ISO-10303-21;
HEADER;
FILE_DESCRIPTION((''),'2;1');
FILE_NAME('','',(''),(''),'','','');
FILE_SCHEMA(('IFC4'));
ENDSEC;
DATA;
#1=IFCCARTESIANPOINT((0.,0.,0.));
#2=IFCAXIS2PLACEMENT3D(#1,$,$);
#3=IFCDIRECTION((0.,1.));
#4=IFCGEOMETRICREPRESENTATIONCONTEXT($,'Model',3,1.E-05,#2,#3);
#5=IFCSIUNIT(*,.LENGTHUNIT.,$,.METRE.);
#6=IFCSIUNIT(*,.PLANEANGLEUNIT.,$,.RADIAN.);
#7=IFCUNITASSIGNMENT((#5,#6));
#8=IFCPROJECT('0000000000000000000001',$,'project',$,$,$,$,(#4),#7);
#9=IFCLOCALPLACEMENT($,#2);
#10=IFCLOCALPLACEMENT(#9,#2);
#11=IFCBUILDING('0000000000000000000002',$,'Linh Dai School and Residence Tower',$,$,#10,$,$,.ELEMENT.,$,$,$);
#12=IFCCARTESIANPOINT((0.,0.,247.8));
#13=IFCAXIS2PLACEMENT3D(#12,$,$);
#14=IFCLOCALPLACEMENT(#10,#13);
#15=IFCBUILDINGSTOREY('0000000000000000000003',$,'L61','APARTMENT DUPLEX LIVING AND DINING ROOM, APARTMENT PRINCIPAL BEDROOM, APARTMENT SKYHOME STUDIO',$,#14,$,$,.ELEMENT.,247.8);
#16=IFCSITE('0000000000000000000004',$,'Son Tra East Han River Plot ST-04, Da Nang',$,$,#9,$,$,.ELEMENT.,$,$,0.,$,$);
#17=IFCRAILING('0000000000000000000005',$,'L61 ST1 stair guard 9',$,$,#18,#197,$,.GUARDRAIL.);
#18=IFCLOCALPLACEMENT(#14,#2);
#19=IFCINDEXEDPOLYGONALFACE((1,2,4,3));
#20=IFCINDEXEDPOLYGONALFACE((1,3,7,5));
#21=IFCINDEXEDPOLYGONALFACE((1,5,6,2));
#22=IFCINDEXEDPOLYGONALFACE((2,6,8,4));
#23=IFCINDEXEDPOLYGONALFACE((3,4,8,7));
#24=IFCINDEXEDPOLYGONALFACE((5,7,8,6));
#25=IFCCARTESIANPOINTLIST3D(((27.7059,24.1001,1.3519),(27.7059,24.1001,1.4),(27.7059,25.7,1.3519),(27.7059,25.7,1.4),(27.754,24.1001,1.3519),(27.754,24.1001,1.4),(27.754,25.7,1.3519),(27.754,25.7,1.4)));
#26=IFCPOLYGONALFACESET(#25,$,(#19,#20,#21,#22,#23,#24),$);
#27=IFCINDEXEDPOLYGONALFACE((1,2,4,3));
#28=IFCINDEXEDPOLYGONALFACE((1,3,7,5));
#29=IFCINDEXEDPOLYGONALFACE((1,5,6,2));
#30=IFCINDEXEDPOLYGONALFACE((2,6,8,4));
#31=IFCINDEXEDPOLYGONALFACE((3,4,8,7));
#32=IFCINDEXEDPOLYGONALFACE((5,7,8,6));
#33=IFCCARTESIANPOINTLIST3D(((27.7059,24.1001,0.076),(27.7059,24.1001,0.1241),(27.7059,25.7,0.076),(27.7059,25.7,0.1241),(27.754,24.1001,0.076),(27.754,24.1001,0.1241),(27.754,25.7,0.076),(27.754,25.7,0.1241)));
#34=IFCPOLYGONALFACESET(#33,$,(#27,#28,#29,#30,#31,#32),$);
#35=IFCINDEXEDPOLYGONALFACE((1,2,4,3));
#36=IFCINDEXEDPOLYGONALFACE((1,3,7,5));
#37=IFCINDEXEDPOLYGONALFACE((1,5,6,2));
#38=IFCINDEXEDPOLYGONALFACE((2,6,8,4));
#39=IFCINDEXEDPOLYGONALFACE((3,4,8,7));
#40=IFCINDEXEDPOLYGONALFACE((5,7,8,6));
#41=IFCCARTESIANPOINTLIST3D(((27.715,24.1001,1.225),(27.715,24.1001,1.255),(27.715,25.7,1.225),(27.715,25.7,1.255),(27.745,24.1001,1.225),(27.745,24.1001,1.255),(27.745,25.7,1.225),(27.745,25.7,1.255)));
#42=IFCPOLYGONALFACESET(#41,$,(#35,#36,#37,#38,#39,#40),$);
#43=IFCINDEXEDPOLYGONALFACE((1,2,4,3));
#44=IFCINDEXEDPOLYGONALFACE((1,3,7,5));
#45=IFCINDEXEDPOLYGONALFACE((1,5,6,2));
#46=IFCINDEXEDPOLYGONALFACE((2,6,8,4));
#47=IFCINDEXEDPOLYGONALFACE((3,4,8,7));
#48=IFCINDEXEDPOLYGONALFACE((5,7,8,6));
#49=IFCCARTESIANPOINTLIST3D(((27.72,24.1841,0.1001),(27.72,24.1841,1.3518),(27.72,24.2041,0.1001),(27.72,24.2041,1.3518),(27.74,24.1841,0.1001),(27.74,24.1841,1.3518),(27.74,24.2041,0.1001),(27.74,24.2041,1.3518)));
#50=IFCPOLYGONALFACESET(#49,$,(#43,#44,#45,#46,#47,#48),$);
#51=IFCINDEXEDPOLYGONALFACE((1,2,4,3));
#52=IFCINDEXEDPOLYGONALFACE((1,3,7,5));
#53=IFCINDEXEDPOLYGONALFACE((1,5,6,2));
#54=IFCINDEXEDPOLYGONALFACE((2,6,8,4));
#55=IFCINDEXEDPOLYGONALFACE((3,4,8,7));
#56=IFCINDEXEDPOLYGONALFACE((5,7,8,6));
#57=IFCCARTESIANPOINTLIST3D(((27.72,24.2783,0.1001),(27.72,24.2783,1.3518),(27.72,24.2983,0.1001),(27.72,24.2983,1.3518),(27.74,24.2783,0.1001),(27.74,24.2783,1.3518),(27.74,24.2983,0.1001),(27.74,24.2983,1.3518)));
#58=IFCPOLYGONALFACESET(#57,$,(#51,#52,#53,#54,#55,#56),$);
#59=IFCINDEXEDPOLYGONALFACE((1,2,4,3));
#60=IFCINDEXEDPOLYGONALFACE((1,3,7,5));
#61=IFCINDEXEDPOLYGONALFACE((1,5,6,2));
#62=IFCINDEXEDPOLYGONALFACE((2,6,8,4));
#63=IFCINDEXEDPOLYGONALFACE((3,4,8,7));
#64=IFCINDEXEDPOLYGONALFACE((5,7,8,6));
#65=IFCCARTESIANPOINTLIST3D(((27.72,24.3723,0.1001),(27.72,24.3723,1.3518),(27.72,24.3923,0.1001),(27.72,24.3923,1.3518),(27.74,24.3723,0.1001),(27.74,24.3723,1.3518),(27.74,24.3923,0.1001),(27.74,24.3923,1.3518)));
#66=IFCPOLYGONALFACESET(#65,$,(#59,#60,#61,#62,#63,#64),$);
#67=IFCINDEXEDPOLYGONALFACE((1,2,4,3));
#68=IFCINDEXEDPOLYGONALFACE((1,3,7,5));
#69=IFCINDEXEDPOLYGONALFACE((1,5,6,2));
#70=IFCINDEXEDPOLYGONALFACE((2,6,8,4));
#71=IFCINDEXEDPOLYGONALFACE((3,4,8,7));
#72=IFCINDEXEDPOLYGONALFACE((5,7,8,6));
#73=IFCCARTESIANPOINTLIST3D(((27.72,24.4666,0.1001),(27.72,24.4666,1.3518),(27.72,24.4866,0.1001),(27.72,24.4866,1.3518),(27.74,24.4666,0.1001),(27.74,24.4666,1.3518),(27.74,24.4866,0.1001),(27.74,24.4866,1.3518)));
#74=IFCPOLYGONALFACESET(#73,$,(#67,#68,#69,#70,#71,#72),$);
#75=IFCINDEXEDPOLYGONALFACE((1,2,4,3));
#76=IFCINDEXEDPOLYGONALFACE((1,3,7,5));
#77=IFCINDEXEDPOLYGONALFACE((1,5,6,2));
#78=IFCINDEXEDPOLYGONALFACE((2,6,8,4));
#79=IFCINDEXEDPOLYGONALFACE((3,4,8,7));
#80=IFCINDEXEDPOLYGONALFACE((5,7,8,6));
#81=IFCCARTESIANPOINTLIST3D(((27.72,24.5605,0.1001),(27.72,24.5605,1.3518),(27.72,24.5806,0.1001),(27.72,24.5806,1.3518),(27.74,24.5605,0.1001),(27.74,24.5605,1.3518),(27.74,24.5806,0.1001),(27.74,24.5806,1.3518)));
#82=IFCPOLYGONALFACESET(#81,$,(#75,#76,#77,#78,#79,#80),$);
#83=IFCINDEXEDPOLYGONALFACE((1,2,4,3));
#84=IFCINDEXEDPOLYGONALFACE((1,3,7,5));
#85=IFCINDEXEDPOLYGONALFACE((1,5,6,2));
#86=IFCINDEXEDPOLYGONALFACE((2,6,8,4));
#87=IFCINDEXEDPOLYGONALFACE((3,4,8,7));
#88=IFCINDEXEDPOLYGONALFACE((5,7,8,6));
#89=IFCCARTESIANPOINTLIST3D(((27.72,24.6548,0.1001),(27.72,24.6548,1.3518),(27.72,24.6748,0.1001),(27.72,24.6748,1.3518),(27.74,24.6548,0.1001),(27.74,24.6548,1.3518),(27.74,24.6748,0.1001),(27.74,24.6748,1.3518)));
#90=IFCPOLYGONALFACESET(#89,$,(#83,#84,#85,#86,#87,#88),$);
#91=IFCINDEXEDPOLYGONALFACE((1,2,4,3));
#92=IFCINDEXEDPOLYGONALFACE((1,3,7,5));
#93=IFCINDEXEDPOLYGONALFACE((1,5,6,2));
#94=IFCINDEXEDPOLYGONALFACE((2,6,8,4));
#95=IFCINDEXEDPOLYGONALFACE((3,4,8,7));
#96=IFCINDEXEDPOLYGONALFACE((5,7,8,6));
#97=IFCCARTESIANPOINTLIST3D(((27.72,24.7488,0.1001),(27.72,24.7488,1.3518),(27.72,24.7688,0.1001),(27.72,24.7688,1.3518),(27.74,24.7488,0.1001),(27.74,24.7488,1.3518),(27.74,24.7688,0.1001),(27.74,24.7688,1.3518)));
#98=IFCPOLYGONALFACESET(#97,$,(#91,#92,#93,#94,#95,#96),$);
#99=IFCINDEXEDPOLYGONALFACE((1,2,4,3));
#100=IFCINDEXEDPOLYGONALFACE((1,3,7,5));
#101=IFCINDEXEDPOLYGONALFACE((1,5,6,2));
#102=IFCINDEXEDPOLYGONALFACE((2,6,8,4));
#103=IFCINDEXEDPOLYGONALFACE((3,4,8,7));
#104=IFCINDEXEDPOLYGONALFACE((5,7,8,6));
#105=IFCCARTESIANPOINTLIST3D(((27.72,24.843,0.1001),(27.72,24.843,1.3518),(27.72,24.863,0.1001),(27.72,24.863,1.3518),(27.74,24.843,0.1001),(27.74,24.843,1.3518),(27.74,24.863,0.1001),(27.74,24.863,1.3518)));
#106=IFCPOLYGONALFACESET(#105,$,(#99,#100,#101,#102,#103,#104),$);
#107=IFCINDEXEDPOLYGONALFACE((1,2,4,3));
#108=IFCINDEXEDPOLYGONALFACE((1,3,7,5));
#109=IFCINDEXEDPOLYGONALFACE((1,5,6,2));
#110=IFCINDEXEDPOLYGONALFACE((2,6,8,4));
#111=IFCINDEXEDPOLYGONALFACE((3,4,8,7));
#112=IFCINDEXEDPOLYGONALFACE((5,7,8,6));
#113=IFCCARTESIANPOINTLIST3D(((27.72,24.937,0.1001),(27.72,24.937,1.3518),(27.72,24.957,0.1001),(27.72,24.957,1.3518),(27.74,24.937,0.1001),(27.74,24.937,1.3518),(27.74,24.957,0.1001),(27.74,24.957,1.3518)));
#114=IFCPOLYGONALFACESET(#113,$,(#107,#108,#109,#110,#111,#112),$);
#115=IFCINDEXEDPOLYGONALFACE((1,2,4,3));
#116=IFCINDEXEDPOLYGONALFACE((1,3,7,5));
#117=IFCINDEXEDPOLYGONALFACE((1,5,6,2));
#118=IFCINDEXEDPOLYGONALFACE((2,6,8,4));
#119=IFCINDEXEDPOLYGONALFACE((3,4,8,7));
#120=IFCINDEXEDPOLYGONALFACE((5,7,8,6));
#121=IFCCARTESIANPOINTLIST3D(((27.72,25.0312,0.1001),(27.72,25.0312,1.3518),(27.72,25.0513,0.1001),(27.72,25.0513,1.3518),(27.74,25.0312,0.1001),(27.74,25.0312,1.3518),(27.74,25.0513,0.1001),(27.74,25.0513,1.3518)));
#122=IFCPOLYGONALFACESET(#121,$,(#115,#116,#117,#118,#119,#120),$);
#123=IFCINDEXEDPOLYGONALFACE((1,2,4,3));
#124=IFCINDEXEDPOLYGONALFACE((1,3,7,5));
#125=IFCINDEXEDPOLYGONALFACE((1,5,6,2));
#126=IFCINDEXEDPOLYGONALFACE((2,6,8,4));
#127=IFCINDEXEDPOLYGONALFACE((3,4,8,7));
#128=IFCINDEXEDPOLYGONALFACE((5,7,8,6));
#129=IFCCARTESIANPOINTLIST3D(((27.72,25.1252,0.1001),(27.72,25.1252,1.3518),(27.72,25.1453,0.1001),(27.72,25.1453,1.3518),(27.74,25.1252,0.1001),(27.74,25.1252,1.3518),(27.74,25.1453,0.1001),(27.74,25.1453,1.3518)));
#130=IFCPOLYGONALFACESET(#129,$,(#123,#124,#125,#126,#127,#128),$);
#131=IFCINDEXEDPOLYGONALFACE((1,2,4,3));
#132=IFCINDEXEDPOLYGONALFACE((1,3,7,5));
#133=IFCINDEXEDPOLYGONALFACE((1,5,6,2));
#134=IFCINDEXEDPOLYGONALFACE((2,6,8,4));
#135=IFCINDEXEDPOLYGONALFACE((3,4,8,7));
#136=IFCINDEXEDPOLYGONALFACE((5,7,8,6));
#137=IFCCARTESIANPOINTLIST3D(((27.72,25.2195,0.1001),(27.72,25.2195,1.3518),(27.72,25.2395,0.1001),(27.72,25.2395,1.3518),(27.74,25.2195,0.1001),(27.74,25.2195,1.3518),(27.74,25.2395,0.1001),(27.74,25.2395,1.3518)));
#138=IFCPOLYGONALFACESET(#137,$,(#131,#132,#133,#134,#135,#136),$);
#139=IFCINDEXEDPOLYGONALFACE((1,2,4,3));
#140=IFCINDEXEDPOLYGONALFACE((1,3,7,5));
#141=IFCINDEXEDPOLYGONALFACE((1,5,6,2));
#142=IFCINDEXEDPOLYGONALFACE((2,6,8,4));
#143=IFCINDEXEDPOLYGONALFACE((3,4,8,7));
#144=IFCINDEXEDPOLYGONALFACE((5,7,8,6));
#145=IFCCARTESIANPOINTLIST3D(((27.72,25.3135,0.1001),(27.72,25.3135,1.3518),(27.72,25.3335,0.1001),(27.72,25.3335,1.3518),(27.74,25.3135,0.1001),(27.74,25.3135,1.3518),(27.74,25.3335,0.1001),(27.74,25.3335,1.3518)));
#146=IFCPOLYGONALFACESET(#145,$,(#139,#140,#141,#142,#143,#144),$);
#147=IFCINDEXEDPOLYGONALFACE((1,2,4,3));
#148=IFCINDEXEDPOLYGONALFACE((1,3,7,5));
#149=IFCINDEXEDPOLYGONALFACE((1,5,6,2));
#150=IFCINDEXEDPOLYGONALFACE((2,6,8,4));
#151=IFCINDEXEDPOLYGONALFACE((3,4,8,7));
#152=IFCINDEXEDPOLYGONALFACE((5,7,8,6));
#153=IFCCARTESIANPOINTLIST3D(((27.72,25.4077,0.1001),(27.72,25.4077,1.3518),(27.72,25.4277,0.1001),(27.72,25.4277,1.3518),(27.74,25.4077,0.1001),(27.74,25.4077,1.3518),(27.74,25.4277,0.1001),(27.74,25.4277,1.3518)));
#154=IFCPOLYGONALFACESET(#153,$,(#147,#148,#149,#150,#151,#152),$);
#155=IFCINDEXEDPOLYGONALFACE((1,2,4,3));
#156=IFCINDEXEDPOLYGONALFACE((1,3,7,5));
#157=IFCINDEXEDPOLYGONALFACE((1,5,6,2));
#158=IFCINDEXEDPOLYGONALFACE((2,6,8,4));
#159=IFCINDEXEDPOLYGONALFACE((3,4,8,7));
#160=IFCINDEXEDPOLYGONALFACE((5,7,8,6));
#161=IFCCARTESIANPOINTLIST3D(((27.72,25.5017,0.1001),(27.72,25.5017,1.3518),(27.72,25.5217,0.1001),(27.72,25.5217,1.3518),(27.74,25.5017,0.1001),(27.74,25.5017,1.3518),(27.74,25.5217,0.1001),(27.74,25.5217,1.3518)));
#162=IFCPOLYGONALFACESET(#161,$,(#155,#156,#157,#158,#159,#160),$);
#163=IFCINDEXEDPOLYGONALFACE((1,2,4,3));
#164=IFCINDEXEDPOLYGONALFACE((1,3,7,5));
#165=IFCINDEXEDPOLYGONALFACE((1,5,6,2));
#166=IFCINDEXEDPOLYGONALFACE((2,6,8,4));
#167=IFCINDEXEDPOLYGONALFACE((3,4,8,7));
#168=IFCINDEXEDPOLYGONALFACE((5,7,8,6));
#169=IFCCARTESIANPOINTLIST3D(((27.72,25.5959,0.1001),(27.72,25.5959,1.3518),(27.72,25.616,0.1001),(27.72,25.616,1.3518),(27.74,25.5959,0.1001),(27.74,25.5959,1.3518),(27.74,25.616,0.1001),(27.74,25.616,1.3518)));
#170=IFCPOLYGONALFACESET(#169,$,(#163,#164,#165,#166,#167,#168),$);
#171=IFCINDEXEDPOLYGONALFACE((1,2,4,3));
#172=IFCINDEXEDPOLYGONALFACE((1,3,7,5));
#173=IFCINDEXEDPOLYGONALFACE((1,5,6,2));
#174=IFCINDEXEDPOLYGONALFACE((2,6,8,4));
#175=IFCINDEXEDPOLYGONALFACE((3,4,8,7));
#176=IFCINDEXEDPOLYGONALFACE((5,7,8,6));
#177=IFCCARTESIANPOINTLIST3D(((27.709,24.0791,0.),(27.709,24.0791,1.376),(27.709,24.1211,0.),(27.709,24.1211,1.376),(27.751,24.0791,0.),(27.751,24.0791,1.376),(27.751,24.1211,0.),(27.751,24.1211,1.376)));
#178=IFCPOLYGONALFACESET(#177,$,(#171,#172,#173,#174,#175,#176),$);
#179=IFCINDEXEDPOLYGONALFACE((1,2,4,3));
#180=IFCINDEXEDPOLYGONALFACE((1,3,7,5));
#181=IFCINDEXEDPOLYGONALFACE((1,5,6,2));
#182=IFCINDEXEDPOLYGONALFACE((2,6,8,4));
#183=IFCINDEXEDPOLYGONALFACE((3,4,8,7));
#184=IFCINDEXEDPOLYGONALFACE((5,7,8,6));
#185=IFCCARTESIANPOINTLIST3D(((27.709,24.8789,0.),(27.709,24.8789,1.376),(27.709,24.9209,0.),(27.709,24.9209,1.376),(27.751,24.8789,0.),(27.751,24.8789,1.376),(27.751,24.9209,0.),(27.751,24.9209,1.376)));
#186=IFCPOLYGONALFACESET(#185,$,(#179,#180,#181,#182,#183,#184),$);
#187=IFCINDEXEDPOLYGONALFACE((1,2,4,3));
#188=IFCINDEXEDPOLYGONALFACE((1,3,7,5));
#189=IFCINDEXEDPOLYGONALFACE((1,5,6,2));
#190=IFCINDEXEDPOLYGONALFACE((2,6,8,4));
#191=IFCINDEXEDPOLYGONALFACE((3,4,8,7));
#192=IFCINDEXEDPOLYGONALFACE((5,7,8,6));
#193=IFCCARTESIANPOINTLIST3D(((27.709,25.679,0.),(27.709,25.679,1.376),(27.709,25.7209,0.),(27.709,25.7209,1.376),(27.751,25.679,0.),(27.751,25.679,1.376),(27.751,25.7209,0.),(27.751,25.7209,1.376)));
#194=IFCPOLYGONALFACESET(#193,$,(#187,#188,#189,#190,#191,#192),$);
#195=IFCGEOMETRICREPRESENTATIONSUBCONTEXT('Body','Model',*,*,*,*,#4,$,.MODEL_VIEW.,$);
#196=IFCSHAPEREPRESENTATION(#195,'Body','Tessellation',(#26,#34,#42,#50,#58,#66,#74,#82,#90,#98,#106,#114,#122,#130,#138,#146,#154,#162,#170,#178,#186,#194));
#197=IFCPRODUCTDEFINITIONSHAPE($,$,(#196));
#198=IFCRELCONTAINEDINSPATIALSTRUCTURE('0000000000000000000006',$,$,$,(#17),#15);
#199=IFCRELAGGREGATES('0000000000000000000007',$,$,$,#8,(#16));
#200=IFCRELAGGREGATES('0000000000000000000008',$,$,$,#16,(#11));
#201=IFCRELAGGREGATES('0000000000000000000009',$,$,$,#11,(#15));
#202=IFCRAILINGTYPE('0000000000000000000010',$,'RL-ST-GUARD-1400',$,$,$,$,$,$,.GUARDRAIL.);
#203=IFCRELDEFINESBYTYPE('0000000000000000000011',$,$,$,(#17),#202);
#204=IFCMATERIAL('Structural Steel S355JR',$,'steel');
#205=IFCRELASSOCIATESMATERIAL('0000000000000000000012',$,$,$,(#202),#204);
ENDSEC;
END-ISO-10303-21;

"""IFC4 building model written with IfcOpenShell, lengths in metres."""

from ifc_helpers import new_model, si_unit, direction, frame, origin, origin_2d, place, context, subcontext, project, spatial, rectangle, extrude, source, transform, mapped, material, type_object, element, save


model = new_model("IFC4")

# Units and contexts
model_context = context("Model", 3, precision=1e-05, world=origin(), true_north=direction((0.0, 1.0)))
body_context = subcontext(model_context, "Body", "Model", "MODEL_VIEW")
ifc_project = project(units=[si_unit("LENGTHUNIT", "METRE"), si_unit("PLANEANGLEUNIT", "RADIAN")], contexts=[model_context])

# Site, building, storey
site_placement = place(None, origin())
site = spatial("IfcSite", under=ifc_project, at=site_placement, Name="Son Tra East Han River Plot ST-04, Da Nang", CompositionType="ELEMENT", RefElevation=0.0)
building_placement = place(site_placement, origin())
building = spatial("IfcBuilding", under=site, at=building_placement, Name="Linh Dai School and Residence Tower", CompositionType="ELEMENT")
storey_placement = place(building_placement, frame((0.0, 0.0, 247.8)))
storey = spatial("IfcBuildingStorey", under=building, at=storey_placement, Name="L61", Description="APARTMENT DUPLEX LIVING AND DINING ROOM, APARTMENT PRINCIPAL BEDROOM, APARTMENT SKYHOME STUDIO", CompositionType="ELEMENT", Elevation=247.8)

# Shared definitions
ifc_material_1 = material(Name="Structural Steel S355JR", Category="steel")

# Railing
railing_type = type_object("IfcRailingType", Name="RL-ST-GUARD-1400", PredefinedType="GUARDRAIL", material=ifc_material_1)
shared_shape_1 = source(origin(), body_context, "Body", "SweptSolid", [
    extrude(rectangle(XDim=0.0481, YDim=0.0481, at=origin_2d()), frame((0.0, 0.0, 1.376), z_axis=(0.0, 1.0, 0.0), x_axis=(-1.0, 0.0, 0.0)), (0.0, 0.0, 1.0), 1.5999),
    extrude(rectangle(XDim=0.0481, YDim=0.0481, at=origin_2d()), frame((0.0, 0.0, 0.1001), z_axis=(0.0, 1.0, 0.0), x_axis=(-1.0, 0.0, 0.0)), (0.0, 0.0, 1.0), 1.5999),
    extrude(rectangle(XDim=0.03, YDim=0.03, at=origin_2d()), frame((0.0, 0.0, 1.24), z_axis=(0.0, 1.0, 0.0), x_axis=(-1.0, 0.0, 0.0)), (0.0, 0.0, 1.0), 1.5999),
    extrude(rectangle(XDim=0.02, YDim=0.02, at=origin_2d()), frame((0.0, 0.094, 0.1001)), (0.0, 0.0, 1.0), 1.2517),
    extrude(rectangle(XDim=0.02, YDim=0.02, at=origin_2d()), frame((0.0, 0.1882, 0.1001)), (0.0, 0.0, 1.0), 1.2517),
    extrude(rectangle(XDim=0.02, YDim=0.02, at=origin_2d()), frame((0.0, 0.2822, 0.1001)), (0.0, 0.0, 1.0), 1.2517),
    extrude(rectangle(XDim=0.02, YDim=0.02, at=origin_2d()), frame((0.0, 0.3765, 0.1001)), (0.0, 0.0, 1.0), 1.2517),
    extrude(rectangle(XDim=0.02, YDim=0.02, at=origin_2d()), frame((0.0, 0.4705, 0.1001)), (0.0, 0.0, 1.0), 1.2517),
    extrude(rectangle(XDim=0.02, YDim=0.02, at=origin_2d()), frame((0.0, 0.5647, 0.1001)), (0.0, 0.0, 1.0), 1.2517),
    extrude(rectangle(XDim=0.02, YDim=0.02, at=origin_2d()), frame((0.0, 0.6587, 0.1001)), (0.0, 0.0, 1.0), 1.2517),
    extrude(rectangle(XDim=0.02, YDim=0.02, at=origin_2d()), frame((0.0, 0.7529, 0.1001)), (0.0, 0.0, 1.0), 1.2517),
    extrude(rectangle(XDim=0.02, YDim=0.02, at=origin_2d()), frame((0.0, 0.8469, 0.1001)), (0.0, 0.0, 1.0), 1.2517),
    extrude(rectangle(XDim=0.02, YDim=0.02, at=origin_2d()), frame((0.0, 0.9412, 0.1001)), (0.0, 0.0, 1.0), 1.2517),
    extrude(rectangle(XDim=0.02, YDim=0.02, at=origin_2d()), frame((0.0, 1.0352, 0.1001)), (0.0, 0.0, 1.0), 1.2517),
    extrude(rectangle(XDim=0.02, YDim=0.02, at=origin_2d()), frame((0.0, 1.1294, 0.1001)), (0.0, 0.0, 1.0), 1.2517),
    extrude(rectangle(XDim=0.02, YDim=0.02, at=origin_2d()), frame((0.0, 1.2234, 0.1001)), (0.0, 0.0, 1.0), 1.2517),
    extrude(rectangle(XDim=0.02, YDim=0.02, at=origin_2d()), frame((0.0, 1.3176, 0.1001)), (0.0, 0.0, 1.0), 1.2517),
    extrude(rectangle(XDim=0.02, YDim=0.02, at=origin_2d()), frame((0.0, 1.4116, 0.1001)), (0.0, 0.0, 1.0), 1.2517),
    extrude(rectangle(XDim=0.02, YDim=0.02, at=origin_2d()), frame((0.0, 1.5059, 0.1001)), (0.0, 0.0, 1.0), 1.2517),
    extrude(rectangle(XDim=0.042, YDim=0.042, at=origin_2d()), origin(), (0.0, 0.0, 1.0), 1.376),
    extrude(rectangle(XDim=0.042, YDim=0.042, at=origin_2d()), frame((0.0, 0.7998, 0.0)), (0.0, 0.0, 1.0), 1.376),
    extrude(rectangle(XDim=0.042, YDim=0.042, at=origin_2d()), frame((0.0, 1.5999, 0.0)), (0.0, 0.0, 1.0), 1.376),
])
for number, where, name in (
    (1, (27.73, 24.1001, 0.0), "L61 ST1 stair guard 9"),
):
    element("IfcRailing", number, at=place(storey_placement, frame(where)), inside=storey, type_object=railing_type, Name=name, PredefinedType="GUARDRAIL", context=body_context, shape_type="MappedRepresentation", body=[
        mapped(shared_shape_1, transform((0.0, 0.0, 0.0), x_axis=(1.0, 0.0, 0.0), y_axis=(0.0, 1.0, 0.0), z_axis=(0.0, 0.0, 1.0), scale=1.0)),
    ])

save(model, "model.ifc")
